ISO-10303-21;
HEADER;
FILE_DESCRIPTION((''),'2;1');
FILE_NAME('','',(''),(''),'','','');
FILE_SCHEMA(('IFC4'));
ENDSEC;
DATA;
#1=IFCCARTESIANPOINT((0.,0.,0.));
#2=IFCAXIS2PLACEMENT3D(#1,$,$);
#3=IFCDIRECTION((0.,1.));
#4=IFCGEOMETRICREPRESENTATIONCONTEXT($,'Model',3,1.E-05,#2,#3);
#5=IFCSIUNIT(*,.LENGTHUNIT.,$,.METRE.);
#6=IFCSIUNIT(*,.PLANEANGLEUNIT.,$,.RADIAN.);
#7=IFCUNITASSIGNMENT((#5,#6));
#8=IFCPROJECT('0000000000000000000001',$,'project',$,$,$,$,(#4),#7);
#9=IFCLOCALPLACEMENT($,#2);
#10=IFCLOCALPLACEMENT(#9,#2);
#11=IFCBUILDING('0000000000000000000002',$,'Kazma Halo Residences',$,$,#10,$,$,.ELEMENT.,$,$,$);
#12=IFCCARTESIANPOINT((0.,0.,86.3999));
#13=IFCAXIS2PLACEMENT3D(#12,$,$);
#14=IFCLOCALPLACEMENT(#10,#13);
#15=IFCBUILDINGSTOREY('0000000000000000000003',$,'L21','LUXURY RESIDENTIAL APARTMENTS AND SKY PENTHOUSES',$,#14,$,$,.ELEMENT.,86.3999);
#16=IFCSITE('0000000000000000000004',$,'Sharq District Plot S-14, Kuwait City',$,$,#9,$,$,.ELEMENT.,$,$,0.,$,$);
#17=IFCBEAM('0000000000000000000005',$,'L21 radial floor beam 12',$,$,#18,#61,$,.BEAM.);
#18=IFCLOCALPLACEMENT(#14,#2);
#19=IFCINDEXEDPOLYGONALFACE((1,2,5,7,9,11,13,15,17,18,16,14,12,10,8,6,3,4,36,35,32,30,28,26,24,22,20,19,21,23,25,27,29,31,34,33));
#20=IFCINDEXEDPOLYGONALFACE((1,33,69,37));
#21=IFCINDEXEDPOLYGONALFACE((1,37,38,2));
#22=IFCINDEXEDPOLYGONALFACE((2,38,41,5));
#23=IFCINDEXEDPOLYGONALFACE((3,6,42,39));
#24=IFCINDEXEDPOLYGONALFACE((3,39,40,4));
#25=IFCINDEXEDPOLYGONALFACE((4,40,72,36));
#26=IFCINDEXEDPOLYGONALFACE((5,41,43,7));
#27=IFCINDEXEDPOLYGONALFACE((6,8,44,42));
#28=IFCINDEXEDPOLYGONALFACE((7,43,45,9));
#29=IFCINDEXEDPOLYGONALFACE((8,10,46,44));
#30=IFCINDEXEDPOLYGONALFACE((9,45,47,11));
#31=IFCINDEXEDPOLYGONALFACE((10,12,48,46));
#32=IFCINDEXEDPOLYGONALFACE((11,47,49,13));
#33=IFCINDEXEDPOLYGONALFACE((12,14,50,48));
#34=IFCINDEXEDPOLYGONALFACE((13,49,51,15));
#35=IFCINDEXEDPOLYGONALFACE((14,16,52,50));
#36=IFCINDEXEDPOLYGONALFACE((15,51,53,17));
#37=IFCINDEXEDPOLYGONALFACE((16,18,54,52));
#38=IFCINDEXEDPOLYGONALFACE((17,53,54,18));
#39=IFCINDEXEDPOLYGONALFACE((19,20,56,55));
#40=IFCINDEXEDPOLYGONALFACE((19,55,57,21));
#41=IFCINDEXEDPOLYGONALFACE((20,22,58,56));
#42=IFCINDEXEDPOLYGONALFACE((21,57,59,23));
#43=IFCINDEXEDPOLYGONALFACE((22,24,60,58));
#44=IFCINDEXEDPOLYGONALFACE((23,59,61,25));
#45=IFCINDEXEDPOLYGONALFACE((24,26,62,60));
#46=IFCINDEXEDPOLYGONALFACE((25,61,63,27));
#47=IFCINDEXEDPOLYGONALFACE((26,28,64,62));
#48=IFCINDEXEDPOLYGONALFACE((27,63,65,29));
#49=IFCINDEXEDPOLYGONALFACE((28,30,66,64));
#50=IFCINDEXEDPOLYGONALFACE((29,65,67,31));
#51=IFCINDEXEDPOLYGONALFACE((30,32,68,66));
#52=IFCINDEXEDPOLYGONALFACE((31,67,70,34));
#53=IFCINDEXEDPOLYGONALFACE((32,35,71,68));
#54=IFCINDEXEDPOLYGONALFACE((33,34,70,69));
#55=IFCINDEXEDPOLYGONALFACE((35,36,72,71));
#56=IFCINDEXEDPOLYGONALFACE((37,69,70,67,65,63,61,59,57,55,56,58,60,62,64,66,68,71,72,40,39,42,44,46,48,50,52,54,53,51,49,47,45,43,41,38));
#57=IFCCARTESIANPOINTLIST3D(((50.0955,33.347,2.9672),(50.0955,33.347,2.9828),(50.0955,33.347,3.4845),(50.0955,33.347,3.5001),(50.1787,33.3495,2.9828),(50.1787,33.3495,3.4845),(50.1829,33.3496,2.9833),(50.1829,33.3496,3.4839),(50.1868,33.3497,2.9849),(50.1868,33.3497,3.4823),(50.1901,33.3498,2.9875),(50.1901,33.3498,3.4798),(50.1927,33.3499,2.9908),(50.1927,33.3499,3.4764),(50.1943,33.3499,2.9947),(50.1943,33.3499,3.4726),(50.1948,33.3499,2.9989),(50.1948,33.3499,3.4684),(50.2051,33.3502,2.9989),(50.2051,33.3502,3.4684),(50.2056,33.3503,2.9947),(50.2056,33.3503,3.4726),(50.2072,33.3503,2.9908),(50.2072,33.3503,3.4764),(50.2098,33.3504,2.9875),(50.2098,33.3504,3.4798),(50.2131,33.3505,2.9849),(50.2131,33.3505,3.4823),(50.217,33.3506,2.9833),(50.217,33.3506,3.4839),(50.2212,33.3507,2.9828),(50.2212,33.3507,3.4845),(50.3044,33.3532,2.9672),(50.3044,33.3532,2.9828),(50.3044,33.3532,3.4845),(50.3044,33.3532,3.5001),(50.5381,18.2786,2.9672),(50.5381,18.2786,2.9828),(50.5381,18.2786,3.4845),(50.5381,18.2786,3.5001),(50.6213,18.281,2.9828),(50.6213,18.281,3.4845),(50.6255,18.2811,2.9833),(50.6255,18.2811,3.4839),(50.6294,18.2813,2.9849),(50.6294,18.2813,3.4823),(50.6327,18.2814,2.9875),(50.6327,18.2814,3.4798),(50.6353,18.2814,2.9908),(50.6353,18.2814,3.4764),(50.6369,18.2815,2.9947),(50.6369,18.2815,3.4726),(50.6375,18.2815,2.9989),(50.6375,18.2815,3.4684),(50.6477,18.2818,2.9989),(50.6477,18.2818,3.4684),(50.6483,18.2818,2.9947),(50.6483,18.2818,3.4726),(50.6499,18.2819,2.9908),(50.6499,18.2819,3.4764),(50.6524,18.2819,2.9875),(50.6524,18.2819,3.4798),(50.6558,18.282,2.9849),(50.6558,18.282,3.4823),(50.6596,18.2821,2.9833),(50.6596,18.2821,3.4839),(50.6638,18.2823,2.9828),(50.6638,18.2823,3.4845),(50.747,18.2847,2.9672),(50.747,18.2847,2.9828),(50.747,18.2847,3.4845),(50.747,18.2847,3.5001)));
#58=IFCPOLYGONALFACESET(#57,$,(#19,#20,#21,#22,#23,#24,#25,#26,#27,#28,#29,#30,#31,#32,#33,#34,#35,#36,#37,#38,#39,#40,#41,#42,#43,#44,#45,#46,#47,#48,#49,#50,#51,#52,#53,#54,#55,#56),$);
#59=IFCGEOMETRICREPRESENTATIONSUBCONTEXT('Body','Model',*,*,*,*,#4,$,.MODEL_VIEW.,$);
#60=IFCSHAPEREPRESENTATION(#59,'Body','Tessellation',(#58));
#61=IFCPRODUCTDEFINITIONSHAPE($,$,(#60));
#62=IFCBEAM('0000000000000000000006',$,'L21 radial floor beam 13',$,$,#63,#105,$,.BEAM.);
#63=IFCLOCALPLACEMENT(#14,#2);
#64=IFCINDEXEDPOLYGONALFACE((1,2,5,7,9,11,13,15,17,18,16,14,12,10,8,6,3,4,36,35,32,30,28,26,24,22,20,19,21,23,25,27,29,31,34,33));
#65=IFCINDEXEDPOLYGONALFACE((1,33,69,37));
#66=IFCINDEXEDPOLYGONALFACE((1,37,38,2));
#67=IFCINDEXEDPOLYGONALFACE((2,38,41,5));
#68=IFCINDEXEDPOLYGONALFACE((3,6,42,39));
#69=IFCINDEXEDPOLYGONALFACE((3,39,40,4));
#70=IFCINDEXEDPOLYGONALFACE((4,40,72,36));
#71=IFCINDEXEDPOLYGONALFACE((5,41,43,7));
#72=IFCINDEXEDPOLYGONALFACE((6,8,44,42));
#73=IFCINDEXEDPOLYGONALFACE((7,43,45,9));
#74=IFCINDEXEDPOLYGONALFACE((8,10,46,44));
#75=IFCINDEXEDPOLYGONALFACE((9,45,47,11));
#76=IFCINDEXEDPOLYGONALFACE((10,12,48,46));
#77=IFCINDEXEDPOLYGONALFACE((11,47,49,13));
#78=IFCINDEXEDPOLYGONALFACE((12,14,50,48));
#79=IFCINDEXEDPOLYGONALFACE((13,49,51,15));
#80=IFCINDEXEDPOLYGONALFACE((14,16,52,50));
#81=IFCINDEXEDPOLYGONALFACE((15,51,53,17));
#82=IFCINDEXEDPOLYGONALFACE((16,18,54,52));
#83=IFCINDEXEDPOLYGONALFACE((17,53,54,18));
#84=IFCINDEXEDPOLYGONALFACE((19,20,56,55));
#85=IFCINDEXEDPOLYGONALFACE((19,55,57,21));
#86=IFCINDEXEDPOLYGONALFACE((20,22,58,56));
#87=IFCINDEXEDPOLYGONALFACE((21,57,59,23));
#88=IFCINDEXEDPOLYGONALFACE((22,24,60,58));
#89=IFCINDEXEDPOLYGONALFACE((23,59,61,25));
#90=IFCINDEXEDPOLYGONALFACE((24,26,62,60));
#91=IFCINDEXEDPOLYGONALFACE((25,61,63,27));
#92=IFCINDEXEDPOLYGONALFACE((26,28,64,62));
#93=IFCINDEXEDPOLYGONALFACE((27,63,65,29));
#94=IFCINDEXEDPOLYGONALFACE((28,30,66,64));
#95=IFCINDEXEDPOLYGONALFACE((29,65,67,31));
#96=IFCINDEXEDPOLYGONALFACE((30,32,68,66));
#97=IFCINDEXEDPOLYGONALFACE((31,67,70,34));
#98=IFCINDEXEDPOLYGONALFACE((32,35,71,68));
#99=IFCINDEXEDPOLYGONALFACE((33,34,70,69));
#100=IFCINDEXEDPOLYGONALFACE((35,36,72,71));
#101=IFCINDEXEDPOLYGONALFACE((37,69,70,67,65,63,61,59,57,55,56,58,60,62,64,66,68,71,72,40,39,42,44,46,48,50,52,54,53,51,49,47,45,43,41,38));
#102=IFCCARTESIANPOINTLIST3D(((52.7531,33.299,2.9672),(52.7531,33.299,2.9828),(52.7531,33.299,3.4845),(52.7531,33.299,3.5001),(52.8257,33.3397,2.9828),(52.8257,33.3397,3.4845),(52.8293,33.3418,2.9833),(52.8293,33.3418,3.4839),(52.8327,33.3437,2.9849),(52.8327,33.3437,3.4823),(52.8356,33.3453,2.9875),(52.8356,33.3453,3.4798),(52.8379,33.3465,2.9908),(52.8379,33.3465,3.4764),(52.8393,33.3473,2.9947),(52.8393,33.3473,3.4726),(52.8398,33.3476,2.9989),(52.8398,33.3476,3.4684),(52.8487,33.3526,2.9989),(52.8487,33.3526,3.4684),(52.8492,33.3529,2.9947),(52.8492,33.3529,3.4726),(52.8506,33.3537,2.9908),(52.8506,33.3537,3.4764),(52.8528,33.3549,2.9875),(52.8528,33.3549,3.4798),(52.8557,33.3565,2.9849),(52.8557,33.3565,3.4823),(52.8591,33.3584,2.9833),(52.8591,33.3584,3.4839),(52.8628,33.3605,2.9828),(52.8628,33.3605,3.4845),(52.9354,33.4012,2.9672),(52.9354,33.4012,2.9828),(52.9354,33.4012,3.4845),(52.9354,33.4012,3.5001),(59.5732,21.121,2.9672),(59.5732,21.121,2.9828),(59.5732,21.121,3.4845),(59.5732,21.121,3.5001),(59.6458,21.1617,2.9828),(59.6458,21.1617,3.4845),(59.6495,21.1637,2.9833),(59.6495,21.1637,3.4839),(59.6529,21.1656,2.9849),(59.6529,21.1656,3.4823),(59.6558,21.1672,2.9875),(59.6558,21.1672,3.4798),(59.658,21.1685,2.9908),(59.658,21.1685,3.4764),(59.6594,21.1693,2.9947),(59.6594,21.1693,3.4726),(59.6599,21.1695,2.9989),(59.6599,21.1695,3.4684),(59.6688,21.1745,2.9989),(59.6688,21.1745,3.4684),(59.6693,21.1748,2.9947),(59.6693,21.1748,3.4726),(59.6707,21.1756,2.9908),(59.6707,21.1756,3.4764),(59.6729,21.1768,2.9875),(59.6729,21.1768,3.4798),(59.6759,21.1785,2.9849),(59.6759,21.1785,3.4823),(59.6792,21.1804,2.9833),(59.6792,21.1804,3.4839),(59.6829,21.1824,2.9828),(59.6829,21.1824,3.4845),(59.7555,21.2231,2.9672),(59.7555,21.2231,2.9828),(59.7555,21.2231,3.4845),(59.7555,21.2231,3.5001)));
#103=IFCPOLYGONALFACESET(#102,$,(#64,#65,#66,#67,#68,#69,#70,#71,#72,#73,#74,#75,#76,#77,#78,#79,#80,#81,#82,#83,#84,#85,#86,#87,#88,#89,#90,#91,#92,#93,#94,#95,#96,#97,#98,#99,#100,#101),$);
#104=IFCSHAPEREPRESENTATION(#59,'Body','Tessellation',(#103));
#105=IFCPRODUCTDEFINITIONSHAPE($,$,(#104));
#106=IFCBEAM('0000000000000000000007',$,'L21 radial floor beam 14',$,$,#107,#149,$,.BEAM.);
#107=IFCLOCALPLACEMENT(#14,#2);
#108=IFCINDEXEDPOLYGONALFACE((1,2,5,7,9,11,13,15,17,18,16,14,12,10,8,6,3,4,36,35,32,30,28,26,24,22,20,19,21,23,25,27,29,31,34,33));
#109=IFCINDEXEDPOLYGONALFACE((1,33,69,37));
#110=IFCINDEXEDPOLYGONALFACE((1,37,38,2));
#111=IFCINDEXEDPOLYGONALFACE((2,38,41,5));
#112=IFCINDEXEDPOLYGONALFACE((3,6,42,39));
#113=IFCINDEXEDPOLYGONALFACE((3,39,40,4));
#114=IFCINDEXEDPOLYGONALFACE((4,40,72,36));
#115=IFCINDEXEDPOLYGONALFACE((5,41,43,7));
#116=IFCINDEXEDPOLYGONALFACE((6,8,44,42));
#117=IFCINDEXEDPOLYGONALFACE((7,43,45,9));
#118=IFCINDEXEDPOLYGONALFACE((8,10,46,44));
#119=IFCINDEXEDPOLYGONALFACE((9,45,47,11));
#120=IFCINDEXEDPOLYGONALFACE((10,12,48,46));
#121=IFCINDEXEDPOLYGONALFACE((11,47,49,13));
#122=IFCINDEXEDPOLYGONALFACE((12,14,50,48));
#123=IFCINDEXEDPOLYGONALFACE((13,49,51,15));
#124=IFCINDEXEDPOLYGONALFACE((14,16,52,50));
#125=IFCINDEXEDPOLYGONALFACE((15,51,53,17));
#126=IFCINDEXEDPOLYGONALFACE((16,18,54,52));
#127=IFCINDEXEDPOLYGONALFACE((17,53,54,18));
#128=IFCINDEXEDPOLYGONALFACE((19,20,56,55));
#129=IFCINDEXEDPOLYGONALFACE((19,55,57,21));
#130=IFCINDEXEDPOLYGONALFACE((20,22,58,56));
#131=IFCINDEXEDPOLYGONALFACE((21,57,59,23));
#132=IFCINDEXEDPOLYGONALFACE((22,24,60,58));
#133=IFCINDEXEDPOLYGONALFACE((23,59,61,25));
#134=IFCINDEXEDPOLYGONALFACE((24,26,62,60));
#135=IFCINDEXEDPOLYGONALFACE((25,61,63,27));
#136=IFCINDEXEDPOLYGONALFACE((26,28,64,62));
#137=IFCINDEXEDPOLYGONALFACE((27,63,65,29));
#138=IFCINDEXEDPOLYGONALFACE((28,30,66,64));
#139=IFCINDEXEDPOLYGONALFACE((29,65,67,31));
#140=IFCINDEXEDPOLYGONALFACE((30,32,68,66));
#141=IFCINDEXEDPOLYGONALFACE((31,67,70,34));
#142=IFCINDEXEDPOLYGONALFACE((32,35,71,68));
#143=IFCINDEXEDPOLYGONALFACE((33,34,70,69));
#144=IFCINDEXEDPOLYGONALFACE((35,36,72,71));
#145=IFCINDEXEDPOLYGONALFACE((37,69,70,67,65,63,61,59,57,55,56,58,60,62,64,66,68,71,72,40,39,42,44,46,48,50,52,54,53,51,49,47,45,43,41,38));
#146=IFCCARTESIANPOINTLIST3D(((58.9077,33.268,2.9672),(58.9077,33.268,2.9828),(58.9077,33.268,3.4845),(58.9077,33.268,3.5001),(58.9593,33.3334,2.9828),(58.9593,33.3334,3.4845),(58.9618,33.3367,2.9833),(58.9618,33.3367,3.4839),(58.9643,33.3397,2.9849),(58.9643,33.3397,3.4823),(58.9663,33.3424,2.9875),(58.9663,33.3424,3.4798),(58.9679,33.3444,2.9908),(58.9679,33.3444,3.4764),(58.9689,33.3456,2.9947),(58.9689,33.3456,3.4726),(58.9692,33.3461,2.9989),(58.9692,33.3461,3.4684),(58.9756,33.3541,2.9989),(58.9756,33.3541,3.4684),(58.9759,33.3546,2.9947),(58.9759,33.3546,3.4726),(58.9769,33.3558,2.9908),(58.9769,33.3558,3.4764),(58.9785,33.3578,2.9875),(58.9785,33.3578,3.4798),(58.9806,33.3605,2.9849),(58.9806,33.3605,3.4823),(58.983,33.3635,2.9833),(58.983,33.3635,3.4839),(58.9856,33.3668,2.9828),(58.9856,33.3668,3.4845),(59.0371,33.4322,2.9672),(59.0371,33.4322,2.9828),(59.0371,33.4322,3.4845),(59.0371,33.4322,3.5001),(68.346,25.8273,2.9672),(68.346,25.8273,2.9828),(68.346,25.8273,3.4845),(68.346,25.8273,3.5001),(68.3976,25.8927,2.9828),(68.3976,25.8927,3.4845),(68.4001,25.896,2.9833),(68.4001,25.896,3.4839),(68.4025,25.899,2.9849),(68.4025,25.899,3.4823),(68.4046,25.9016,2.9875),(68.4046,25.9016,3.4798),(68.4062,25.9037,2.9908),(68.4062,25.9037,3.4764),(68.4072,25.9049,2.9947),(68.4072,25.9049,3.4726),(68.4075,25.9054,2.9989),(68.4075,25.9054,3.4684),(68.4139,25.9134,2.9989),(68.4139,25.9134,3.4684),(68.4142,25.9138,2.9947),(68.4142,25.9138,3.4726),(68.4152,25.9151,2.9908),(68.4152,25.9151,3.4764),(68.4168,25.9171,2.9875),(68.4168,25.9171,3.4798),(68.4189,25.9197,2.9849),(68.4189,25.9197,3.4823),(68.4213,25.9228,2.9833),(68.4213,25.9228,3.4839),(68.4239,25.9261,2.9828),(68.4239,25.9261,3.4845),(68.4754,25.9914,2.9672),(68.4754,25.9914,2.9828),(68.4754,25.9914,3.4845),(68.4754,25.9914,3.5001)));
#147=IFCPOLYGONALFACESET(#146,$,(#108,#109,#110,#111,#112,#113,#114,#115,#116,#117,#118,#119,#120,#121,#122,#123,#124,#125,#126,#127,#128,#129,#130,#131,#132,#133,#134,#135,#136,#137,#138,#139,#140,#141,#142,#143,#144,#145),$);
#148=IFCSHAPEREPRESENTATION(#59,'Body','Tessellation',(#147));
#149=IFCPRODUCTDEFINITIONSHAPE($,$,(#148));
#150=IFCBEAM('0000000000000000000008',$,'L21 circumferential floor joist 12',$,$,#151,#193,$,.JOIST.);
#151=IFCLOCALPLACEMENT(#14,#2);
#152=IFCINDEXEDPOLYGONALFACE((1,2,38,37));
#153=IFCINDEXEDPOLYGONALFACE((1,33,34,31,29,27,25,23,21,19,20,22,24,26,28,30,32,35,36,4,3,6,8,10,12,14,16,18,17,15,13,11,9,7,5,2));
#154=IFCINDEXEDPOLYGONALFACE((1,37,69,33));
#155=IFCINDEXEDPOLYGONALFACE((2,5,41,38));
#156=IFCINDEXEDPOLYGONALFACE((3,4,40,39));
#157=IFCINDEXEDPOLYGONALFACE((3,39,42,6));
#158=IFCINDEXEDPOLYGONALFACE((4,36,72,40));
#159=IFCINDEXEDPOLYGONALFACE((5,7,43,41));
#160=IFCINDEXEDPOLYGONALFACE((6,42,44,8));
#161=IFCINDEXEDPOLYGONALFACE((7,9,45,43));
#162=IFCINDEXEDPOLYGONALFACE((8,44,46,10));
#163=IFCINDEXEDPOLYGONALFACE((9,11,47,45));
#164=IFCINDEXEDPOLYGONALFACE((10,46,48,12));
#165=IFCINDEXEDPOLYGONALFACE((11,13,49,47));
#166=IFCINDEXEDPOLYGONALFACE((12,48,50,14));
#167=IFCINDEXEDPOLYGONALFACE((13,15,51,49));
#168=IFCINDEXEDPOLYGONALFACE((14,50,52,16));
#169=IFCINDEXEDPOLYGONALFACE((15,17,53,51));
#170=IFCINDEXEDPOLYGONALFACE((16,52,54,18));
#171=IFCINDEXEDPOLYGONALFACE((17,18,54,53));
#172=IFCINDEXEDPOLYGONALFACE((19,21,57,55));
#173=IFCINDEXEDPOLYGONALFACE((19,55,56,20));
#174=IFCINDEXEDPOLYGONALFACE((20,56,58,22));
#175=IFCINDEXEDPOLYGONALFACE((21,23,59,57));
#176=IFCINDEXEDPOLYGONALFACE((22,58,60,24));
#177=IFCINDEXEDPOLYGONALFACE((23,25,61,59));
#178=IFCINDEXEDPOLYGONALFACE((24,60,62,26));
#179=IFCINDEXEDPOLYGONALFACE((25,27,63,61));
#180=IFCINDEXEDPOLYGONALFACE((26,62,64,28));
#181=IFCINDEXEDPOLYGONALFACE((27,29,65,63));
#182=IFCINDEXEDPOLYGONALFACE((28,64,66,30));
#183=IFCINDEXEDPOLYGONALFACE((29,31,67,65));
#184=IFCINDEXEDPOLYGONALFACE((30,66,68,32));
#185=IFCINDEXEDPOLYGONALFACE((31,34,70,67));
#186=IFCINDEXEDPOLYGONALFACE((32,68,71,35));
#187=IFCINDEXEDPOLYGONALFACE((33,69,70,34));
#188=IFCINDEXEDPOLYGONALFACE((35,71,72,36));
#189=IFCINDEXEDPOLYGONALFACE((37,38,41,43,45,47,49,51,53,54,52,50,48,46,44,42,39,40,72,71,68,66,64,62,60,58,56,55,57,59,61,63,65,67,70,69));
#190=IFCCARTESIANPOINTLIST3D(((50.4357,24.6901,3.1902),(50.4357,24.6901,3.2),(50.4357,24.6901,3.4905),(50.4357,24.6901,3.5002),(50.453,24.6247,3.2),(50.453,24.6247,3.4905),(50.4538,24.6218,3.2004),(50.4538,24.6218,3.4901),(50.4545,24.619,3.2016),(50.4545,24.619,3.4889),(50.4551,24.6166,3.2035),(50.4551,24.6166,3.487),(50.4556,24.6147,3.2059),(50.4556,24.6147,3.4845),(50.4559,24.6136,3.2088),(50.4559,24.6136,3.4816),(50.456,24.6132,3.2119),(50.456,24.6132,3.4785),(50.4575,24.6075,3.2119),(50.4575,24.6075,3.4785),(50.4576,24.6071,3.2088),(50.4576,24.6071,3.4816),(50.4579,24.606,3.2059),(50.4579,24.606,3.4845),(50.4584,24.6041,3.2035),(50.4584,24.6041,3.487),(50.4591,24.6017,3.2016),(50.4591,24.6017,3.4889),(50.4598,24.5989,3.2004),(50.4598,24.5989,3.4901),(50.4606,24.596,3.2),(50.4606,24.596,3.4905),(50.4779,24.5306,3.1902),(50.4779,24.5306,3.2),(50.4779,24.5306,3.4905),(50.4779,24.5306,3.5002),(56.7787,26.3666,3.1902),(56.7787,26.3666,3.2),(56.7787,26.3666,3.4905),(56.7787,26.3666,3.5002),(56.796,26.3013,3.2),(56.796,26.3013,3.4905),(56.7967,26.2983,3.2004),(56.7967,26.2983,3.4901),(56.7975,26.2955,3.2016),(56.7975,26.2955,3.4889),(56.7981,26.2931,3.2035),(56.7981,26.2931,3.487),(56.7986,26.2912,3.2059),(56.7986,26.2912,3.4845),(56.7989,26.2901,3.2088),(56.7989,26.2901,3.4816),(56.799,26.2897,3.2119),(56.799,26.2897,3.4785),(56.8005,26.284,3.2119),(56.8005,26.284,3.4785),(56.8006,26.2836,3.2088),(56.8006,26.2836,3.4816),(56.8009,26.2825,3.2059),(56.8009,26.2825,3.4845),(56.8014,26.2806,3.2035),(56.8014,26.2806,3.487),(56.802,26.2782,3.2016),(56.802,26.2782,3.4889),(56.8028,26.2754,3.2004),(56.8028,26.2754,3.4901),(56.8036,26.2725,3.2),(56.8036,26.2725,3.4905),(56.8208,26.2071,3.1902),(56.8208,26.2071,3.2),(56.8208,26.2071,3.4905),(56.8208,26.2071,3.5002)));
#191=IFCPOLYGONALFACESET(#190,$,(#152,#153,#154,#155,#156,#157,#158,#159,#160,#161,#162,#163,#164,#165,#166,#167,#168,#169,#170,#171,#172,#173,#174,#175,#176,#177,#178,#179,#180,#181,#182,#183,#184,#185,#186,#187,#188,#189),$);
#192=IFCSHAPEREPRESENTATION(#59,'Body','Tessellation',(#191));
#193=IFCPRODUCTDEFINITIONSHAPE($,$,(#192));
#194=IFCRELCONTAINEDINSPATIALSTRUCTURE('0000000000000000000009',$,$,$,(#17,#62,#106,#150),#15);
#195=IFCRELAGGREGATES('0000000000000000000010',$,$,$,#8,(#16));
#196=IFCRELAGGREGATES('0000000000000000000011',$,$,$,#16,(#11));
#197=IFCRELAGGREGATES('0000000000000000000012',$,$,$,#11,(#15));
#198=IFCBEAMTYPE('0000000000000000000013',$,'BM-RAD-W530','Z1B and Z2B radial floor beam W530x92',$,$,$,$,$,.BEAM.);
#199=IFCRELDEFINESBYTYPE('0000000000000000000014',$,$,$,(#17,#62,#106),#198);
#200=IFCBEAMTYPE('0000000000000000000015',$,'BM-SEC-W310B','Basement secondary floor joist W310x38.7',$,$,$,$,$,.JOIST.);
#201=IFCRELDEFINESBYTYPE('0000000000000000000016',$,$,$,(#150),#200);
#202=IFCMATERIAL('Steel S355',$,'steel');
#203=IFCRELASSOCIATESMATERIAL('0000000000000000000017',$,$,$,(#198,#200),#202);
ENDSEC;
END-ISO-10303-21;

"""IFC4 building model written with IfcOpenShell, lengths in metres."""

from ifc_helpers import new_model, si_unit, direction, frame, origin, origin_2d, place, context, subcontext, project, spatial, i_section, extrude, material, material_profile, profile_set, type_object, element, save


model = new_model("IFC4")

# Units and contexts
model_context = context("Model", 3, precision=1e-05, world=origin(), true_north=direction((0.0, 1.0)))
body_context = subcontext(model_context, "Body", "Model", "MODEL_VIEW")
ifc_project = project(units=[si_unit("LENGTHUNIT", "METRE"), si_unit("PLANEANGLEUNIT", "RADIAN")], contexts=[model_context])

# Site, building, storey
site_placement = place(None, origin())
site = spatial("IfcSite", under=ifc_project, at=site_placement, Name="Sharq District Plot S-14, Kuwait City", CompositionType="ELEMENT", RefElevation=0.0)
building_placement = place(site_placement, origin())
building = spatial("IfcBuilding", under=site, at=building_placement, Name="Kazma Halo Residences", CompositionType="ELEMENT")
storey_placement = place(building_placement, frame((0.0, 0.0, 86.3999)))
storey = spatial("IfcBuildingStorey", under=building, at=storey_placement, Name="L21", Description="LUXURY RESIDENTIAL APARTMENTS AND SKY PENTHOUSES", CompositionType="ELEMENT", Elevation=86.3999)

# Beams
ifc_material_1 = material(Name="Steel S355", Category="steel")
ifc_material_profile_1 = material_profile(ifc_material_1, i_section(OverallWidth=0.209, OverallDepth=0.533, WebThickness=0.0103, FlangeThickness=0.0156, FilletRadius=0.0161, at=origin_2d()), Name="W530x92")
ifc_profile_set_1 = profile_set([ifc_material_profile_1], Name="Steel S355")
beam_type_1 = type_object("IfcBeamType", Name="BM-RAD-W530", Description="Z1B and Z2B radial floor beam W530x92", PredefinedType="BEAM", material=ifc_profile_set_1)
beam_1_placement = place(storey_placement, frame((50.2, 33.3501, 3.2336), z_axis=(0.029362, -0.999569, 0.0), x_axis=(0.999569, 0.029362, 0.0)))
element("IfcBeam", 1, at=beam_1_placement, inside=storey, type_object=beam_type_1, Name="L21 radial floor beam 12", PredefinedType="BEAM", context=body_context, shape_type="SweptSolid", body=[
    extrude(i_section(OverallWidth=0.209, OverallDepth=0.533, WebThickness=0.0103, FlangeThickness=0.0156, FilletRadius=0.0161, at=origin_2d()), origin(), (0.0, 0.0, 1.0), 15.075),
])
beam_2_placement = place(storey_placement, frame((52.8442, 33.3501, 3.2336), z_axis=(0.488625, -0.872494, 0.0), x_axis=(0.872494, 0.488625, 0.0)))
element("IfcBeam", 2, at=beam_2_placement, inside=storey, type_object=beam_type_1, Name="L21 radial floor beam 13", PredefinedType="BEAM", context=body_context, shape_type="SweptSolid", body=[
    extrude(i_section(OverallWidth=0.209, OverallDepth=0.533, WebThickness=0.0103, FlangeThickness=0.0156, FilletRadius=0.0161, at=origin_2d()), origin(), (0.0, 0.0, 1.0), 13.9578),
])
beam_3_placement = place(storey_placement, frame((58.9724, 33.3501, 3.2336), z_axis=(0.78531, -0.619103, 0.0), x_axis=(0.619103, 0.78531, 0.0)))
element("IfcBeam", 3, at=beam_3_placement, inside=storey, type_object=beam_type_1, Name="L21 radial floor beam 14", PredefinedType="BEAM", context=body_context, shape_type="SweptSolid", body=[
    extrude(i_section(OverallWidth=0.209, OverallDepth=0.533, WebThickness=0.0103, FlangeThickness=0.0156, FilletRadius=0.0161, at=origin_2d()), origin(), (0.0, 0.0, 1.0), 12.0186),
])
ifc_material_profile_2 = material_profile(ifc_material_1, i_section(OverallWidth=0.165, OverallDepth=0.3101, WebThickness=0.0059, FlangeThickness=0.0098, FilletRadius=0.012, at=origin_2d()), Name="W310x38.7")
ifc_profile_set_2 = profile_set([ifc_material_profile_2], Name="Steel S355")
beam_type_2 = type_object("IfcBeamType", Name="BM-SEC-W310B", Description="Basement secondary floor joist W310x38.7", PredefinedType="JOIST", material=ifc_profile_set_2)
beam_4_placement = place(storey_placement, frame((50.4568, 24.6104, 3.3452), z_axis=(0.9668, 0.255534, 0.0), x_axis=(-0.255534, 0.9668, 0.0)))
element("IfcBeam", 4, at=beam_4_placement, inside=storey, type_object=beam_type_2, Name="L21 circumferential floor joist 12", PredefinedType="JOIST", context=body_context, shape_type="SweptSolid", body=[
    extrude(i_section(OverallWidth=0.165, OverallDepth=0.3101, WebThickness=0.0059, FlangeThickness=0.0098, FilletRadius=0.012, at=origin_2d()), origin(), (0.0, 0.0, 1.0), 6.5608),
])

save(model, "model.ifc")
